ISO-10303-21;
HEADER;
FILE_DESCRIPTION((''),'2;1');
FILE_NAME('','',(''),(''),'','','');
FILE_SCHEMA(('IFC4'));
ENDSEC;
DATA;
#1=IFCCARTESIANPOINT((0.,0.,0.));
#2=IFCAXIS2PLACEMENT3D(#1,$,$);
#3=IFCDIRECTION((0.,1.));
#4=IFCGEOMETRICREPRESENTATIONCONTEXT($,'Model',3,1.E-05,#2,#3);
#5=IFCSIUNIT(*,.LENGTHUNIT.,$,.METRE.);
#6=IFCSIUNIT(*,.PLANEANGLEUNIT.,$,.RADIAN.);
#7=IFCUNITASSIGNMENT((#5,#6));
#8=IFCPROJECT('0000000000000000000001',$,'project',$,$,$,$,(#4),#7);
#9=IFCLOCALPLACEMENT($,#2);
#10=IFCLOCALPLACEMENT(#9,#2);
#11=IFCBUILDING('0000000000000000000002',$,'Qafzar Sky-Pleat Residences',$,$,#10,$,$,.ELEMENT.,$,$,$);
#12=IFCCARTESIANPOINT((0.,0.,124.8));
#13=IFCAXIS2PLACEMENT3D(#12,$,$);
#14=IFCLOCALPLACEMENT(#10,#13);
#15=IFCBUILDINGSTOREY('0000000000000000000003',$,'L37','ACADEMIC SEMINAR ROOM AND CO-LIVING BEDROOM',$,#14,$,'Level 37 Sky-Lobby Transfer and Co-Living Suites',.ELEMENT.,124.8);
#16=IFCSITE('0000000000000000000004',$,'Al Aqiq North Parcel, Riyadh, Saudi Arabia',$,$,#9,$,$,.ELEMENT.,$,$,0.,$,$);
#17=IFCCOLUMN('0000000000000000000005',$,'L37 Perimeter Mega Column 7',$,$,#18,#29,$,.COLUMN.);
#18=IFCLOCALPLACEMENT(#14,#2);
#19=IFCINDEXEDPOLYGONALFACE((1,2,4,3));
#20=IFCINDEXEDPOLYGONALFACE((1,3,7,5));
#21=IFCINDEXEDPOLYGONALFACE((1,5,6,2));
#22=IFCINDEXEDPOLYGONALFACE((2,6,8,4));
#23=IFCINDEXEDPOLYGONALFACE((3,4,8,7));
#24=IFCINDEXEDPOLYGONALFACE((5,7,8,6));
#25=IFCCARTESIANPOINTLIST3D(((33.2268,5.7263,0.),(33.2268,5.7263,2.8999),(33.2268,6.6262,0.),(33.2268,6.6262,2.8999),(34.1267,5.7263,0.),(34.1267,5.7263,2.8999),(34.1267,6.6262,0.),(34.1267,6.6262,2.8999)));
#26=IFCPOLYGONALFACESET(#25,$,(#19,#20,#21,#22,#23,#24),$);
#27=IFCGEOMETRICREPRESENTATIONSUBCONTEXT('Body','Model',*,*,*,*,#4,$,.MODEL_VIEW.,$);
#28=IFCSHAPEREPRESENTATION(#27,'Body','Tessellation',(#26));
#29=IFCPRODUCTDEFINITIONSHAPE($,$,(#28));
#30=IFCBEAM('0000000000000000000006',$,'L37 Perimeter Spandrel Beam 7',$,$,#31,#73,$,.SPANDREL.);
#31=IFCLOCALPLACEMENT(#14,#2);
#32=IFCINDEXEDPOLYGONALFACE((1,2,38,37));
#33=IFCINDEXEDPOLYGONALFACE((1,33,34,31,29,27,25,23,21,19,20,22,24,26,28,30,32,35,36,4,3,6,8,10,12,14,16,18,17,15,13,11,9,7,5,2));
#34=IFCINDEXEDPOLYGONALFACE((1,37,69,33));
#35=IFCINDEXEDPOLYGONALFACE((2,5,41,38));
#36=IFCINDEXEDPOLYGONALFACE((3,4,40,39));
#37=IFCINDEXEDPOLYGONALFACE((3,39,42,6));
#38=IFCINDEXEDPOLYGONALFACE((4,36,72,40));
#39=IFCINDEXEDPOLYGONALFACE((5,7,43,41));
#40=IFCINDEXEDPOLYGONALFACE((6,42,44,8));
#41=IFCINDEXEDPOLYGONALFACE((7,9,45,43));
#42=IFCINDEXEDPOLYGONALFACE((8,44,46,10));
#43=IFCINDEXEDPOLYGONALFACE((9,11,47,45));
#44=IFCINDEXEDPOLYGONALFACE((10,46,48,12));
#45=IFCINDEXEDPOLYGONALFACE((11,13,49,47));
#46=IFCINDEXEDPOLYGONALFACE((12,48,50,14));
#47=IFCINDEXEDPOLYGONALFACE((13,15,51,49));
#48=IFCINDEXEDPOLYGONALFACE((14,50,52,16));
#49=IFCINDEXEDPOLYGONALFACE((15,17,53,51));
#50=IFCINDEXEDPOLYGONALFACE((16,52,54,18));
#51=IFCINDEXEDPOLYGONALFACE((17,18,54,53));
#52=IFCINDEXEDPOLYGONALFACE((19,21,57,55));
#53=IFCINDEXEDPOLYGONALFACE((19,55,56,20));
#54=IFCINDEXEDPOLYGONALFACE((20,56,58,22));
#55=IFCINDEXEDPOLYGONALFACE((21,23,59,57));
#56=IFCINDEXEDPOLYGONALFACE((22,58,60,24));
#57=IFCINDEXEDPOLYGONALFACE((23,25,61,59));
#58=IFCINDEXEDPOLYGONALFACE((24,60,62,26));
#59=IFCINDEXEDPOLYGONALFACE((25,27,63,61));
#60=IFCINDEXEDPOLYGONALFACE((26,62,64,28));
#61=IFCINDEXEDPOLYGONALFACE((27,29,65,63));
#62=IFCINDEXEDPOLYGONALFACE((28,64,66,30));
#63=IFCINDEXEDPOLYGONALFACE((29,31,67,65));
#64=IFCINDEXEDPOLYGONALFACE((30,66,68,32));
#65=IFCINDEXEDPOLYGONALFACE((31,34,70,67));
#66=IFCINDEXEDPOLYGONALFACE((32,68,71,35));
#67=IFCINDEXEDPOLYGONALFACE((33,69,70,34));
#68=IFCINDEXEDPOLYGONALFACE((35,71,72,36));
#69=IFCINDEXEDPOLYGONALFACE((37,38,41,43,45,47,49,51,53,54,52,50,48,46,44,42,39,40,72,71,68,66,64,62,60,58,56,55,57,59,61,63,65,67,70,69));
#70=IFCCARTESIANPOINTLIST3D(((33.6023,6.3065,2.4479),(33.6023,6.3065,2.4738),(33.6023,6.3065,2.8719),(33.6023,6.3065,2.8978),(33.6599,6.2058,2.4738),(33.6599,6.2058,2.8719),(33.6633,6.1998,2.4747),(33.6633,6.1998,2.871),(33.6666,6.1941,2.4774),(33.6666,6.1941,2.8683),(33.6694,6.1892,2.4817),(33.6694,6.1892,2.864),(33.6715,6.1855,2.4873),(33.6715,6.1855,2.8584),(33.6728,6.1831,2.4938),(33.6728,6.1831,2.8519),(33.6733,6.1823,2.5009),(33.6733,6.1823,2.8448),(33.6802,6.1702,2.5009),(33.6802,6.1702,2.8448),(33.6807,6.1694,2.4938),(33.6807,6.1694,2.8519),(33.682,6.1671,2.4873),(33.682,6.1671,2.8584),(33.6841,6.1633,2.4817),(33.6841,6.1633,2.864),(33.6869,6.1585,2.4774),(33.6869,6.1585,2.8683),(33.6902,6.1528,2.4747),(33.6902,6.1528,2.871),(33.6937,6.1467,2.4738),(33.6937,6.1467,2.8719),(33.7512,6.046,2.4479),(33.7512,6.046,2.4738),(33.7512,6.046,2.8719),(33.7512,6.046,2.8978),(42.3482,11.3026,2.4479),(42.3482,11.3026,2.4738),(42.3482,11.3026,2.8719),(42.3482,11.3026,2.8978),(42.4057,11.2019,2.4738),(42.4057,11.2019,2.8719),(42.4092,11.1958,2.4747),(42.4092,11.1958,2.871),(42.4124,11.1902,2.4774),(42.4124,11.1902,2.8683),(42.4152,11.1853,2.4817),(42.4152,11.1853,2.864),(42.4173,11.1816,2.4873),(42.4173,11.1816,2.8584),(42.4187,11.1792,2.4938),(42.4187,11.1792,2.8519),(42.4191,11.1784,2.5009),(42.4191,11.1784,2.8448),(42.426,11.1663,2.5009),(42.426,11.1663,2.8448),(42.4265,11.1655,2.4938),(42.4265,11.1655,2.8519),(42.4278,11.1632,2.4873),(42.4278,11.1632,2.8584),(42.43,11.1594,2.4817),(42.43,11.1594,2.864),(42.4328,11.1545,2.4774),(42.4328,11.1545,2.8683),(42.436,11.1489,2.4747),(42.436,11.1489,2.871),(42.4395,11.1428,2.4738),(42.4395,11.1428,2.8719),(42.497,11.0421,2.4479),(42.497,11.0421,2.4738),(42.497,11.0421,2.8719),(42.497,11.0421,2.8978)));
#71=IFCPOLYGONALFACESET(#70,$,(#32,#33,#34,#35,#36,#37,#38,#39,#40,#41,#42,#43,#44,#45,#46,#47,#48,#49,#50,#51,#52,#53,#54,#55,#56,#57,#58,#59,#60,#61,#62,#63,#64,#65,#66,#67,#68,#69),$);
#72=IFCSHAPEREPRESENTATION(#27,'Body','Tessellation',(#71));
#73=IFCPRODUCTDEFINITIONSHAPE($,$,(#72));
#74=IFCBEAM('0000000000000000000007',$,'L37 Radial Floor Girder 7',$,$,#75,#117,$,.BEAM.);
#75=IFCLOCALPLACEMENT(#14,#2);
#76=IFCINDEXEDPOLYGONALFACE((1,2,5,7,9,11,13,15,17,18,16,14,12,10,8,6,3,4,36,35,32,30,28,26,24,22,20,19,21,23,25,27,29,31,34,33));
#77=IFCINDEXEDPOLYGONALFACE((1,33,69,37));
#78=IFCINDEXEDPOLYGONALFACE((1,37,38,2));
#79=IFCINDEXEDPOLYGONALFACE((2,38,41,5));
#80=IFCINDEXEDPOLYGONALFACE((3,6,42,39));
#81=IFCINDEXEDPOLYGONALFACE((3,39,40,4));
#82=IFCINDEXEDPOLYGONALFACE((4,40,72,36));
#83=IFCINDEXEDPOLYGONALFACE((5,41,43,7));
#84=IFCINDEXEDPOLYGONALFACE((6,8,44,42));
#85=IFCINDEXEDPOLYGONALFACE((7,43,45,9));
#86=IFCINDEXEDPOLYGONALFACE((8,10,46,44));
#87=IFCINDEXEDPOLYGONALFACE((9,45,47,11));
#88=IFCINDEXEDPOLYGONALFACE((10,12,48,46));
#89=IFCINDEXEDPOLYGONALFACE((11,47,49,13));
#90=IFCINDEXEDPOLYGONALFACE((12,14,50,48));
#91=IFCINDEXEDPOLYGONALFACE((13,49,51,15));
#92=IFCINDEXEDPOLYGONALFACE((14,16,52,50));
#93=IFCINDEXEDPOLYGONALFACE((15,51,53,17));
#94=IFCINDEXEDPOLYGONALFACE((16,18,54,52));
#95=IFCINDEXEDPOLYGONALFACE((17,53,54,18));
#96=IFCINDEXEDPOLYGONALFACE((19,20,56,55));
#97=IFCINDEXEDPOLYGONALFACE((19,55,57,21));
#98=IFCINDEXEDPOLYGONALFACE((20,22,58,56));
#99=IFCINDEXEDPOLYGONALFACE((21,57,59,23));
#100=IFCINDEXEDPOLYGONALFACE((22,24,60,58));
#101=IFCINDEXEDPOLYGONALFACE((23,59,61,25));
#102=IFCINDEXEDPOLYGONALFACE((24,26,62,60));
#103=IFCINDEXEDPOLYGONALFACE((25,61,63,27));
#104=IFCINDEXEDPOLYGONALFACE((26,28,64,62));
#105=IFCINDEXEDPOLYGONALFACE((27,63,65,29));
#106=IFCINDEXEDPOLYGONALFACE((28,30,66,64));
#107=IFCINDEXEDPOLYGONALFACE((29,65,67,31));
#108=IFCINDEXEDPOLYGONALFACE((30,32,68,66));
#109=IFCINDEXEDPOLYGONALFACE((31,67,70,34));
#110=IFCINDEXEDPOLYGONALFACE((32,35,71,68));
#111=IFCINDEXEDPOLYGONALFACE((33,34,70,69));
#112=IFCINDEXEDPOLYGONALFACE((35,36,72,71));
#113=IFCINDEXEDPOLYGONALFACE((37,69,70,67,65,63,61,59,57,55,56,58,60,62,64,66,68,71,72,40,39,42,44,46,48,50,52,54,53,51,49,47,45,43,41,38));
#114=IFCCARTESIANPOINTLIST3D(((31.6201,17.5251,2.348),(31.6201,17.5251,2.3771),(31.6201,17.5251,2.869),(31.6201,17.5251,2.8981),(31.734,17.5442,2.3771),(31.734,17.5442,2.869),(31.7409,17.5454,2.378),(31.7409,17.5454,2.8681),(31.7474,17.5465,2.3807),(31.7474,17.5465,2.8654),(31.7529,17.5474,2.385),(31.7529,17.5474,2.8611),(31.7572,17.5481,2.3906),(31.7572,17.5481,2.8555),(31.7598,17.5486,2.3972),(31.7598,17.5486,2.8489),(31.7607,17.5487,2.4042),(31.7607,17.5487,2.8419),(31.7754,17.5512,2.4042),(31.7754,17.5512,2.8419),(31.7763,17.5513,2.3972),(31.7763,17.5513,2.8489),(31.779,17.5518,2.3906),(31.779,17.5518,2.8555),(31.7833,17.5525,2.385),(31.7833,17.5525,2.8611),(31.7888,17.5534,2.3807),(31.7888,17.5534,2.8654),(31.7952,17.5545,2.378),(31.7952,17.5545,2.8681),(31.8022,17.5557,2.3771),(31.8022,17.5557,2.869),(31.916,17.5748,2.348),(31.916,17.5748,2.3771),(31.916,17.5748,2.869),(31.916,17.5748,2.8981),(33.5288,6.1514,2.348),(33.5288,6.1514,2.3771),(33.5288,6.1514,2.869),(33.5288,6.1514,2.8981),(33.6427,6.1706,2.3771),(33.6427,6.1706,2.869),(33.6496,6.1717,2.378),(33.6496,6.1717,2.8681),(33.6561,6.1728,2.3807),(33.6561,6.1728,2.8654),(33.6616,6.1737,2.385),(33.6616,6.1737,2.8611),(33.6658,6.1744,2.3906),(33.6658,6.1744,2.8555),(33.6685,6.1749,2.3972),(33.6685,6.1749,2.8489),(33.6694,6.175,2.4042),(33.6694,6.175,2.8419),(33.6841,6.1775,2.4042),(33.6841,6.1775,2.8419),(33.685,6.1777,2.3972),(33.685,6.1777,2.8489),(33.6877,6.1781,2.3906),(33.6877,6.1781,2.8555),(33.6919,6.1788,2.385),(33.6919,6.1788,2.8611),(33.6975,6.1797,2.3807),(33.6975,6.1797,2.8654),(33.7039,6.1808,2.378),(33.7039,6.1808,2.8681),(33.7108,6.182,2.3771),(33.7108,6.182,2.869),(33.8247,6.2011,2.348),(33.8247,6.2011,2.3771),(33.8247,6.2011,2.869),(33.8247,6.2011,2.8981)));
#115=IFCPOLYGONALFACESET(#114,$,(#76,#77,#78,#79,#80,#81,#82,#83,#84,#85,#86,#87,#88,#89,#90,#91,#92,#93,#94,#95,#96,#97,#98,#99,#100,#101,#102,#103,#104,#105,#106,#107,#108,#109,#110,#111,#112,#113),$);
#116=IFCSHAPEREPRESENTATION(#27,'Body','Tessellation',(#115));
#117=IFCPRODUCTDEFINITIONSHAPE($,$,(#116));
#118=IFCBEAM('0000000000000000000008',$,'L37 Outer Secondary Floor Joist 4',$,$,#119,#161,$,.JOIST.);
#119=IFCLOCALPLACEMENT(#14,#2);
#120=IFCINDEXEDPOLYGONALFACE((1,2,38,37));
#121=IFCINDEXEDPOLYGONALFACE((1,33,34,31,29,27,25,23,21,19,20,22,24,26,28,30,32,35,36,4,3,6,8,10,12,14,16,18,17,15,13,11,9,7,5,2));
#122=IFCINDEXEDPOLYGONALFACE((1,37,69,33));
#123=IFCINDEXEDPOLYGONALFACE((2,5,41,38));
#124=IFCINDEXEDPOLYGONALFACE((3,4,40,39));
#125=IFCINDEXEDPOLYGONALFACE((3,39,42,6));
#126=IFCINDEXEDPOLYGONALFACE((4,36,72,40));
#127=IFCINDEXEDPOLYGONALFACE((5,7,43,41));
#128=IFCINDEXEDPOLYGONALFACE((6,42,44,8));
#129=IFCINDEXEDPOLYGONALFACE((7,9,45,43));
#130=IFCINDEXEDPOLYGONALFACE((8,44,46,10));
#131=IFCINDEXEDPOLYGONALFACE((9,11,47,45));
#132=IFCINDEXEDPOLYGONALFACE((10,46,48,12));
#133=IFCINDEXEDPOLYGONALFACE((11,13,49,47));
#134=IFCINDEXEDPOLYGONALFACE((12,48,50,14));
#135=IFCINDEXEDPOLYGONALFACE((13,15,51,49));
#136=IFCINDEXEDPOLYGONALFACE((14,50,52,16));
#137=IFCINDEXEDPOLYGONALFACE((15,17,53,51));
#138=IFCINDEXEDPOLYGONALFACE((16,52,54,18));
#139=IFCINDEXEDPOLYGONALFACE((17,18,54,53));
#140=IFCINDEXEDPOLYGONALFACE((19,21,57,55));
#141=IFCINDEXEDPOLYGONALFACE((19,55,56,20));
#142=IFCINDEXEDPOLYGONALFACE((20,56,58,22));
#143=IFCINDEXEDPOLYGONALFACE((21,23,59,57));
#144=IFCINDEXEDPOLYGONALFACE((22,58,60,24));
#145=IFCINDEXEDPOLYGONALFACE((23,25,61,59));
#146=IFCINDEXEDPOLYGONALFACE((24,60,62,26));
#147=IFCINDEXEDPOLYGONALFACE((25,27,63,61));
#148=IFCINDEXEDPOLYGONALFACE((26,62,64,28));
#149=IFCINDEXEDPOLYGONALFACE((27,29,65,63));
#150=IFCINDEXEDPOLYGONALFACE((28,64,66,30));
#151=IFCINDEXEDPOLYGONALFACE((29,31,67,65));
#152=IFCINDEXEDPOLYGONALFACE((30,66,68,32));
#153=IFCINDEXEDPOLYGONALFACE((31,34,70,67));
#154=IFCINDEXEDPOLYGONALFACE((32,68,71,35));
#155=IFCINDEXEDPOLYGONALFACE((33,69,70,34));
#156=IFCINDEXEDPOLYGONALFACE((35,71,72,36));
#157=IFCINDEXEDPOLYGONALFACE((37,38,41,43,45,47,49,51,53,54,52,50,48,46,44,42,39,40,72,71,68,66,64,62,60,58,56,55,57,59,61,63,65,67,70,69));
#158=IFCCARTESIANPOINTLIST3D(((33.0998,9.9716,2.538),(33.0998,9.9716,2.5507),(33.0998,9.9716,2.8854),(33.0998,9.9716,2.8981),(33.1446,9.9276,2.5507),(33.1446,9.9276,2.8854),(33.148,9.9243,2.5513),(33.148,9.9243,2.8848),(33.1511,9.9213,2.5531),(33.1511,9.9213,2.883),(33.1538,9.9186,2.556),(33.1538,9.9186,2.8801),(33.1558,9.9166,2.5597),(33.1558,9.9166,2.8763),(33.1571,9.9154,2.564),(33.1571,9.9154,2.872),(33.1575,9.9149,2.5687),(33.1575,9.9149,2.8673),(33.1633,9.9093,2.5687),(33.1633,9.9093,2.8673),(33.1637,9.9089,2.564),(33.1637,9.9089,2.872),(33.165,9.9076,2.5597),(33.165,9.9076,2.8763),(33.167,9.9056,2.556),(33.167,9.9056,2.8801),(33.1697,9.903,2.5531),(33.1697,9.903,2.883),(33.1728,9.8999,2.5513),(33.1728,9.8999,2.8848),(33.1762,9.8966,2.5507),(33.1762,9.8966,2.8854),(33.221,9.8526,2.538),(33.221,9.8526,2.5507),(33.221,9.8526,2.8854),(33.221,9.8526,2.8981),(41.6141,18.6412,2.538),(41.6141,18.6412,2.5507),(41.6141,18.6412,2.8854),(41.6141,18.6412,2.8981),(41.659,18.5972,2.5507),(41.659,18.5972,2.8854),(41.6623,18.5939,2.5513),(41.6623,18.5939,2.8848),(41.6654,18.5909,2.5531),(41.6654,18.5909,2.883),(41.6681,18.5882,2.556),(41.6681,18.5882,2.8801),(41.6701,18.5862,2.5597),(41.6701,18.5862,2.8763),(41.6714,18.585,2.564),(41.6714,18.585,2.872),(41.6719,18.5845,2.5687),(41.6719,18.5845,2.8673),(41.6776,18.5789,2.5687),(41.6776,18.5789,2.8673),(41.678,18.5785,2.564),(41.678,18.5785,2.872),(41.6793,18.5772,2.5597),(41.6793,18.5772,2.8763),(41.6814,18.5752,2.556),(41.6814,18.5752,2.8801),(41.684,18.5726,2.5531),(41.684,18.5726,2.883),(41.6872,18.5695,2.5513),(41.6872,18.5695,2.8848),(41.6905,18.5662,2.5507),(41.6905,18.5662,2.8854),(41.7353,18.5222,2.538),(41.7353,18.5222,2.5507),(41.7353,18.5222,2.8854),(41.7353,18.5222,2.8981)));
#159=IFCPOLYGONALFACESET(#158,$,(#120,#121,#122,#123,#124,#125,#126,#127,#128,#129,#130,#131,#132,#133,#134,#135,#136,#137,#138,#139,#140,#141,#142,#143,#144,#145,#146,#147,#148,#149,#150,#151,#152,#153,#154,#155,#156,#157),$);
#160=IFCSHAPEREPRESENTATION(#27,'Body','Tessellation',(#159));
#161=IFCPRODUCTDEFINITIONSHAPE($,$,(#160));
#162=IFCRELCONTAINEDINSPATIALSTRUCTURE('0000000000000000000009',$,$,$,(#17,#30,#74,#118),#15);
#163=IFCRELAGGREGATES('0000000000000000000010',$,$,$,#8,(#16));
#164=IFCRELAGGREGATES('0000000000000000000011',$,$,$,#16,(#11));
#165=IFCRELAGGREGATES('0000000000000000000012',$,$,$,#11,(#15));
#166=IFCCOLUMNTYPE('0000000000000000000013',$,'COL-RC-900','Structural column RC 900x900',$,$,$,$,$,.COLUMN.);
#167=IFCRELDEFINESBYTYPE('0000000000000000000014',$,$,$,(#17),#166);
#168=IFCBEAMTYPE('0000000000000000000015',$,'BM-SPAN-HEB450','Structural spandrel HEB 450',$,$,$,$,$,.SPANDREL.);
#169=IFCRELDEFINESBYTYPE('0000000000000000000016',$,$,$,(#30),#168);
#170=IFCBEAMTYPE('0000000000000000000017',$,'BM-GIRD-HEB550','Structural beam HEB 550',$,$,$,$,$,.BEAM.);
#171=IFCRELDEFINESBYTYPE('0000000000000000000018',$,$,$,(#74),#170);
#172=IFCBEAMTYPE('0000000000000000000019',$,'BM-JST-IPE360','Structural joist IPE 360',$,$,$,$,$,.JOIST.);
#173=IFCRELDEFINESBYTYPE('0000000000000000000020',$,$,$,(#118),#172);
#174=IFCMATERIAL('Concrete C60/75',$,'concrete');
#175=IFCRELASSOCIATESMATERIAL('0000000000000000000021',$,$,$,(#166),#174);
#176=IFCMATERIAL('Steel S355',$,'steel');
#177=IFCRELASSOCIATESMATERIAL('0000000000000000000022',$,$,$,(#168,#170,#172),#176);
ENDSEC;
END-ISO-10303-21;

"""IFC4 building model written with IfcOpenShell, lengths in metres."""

from ifc_helpers import new_model, si_unit, direction, frame, origin, origin_2d, place, context, subcontext, project, spatial, rectangle, i_section, extrude, source, transform, mapped, material, material_profile, profile_set, type_object, element, save


model = new_model("IFC4")

# Units and contexts
model_context = context("Model", 3, precision=1e-05, world=origin(), true_north=direction((0.0, 1.0)))
body_context = subcontext(model_context, "Body", "Model", "MODEL_VIEW")
ifc_project = project(units=[si_unit("LENGTHUNIT", "METRE"), si_unit("PLANEANGLEUNIT", "RADIAN")], contexts=[model_context])

# Site, building, storey
site_placement = place(None, origin())
site = spatial("IfcSite", under=ifc_project, at=site_placement, Name="Al Aqiq North Parcel, Riyadh, Saudi Arabia", CompositionType="ELEMENT", RefElevation=0.0)
building_placement = place(site_placement, origin())
building = spatial("IfcBuilding", under=site, at=building_placement, Name="Qafzar Sky-Pleat Residences", CompositionType="ELEMENT")
storey_placement = place(building_placement, frame((0.0, 0.0, 124.8)))
storey = spatial("IfcBuildingStorey", under=building, at=storey_placement, Name="L37", Description="ACADEMIC SEMINAR ROOM AND CO-LIVING BEDROOM", LongName="Level 37 Sky-Lobby Transfer and Co-Living Suites", CompositionType="ELEMENT", Elevation=124.8)

# Column
ifc_material_1 = material(Name="Concrete C60/75", Category="concrete")
ifc_material_profile_1 = material_profile(ifc_material_1, rectangle(XDim=0.8999, YDim=0.8999, at=origin_2d()), Name="RC 900x900")
ifc_profile_set_1 = profile_set([ifc_material_profile_1], Name="Concrete C60/75")
column_type = type_object("IfcColumnType", Name="COL-RC-900", Description="Structural column RC 900x900", PredefinedType="COLUMN", material=ifc_profile_set_1)
shared_shape_1 = source(origin(), body_context, "Body", "SweptSolid", [
    extrude(rectangle(XDim=0.8999, YDim=0.8999, at=origin_2d()), origin(), (0.0, 0.0, 1.0), 2.8999),
])
column_placement = place(storey_placement, frame((33.6768, 6.1763, 0.0), z_axis=(0.0, 0.0, 1.0), x_axis=(1.0, 0.0, 0.0)))
element("IfcColumn", 1, at=column_placement, inside=storey, type_object=column_type, Name="L37 Perimeter Mega Column 7", PredefinedType="COLUMN", context=body_context, shape_type="MappedRepresentation", body=[
    mapped(shared_shape_1, transform((0.0, 0.0, 0.0), x_axis=(1.0, 0.0, 0.0), y_axis=(0.0, 1.0, 0.0), z_axis=(0.0, 0.0, 1.0), scale=1.0)),
])

# Beams
ifc_material_2 = material(Name="Steel S355", Category="steel")
ifc_material_profile_2 = material_profile(ifc_material_2, i_section(OverallWidth=0.3, OverallDepth=0.45, WebThickness=0.0139, FlangeThickness=0.0259, FilletRadius=0.0271, at=origin_2d()), Name="HEB 450")
ifc_profile_set_2 = profile_set([ifc_material_profile_2], Name="Steel S355")
beam_type_1 = type_object("IfcBeamType", Name="BM-SPAN-HEB450", Description="Structural spandrel HEB 450", PredefinedType="SPANDREL", material=ifc_profile_set_2)
shared_shape_2 = source(origin(), body_context, "Body", "SweptSolid", [
    extrude(i_section(OverallWidth=0.3, OverallDepth=0.45, WebThickness=0.0139, FlangeThickness=0.0259, FilletRadius=0.0271, at=origin_2d()), origin(), (0.0, 0.0, 1.0), 10.0723),
])
beam_1_placement = place(storey_placement, frame((33.6768, 6.1763, 2.6729), z_axis=(0.868309, 0.496024, 0.0), x_axis=(-0.496024, 0.868309, 0.0)))
element("IfcBeam", 2, at=beam_1_placement, inside=storey, type_object=beam_type_1, Name="L37 Perimeter Spandrel Beam 7", PredefinedType="SPANDREL", context=body_context, shape_type="MappedRepresentation", body=[
    mapped(shared_shape_2, transform((0.0, 0.0, 0.0), x_axis=(1.0, 0.0, 0.0), y_axis=(0.0, 1.0, 0.0), z_axis=(0.0, 0.0, 1.0), scale=1.0)),
])
ifc_material_profile_3 = material_profile(ifc_material_2, i_section(OverallWidth=0.3, OverallDepth=0.55, WebThickness=0.0149, FlangeThickness=0.0291, FilletRadius=0.0271, at=origin_2d()), Name="HEB 550")
ifc_profile_set_3 = profile_set([ifc_material_profile_3], Name="Steel S355")
beam_type_2 = type_object("IfcBeamType", Name="BM-GIRD-HEB550", Description="Structural beam HEB 550", PredefinedType="BEAM", material=ifc_profile_set_3)
shared_shape_3 = source(origin(), body_context, "Body", "SweptSolid", [
    extrude(i_section(OverallWidth=0.3, OverallDepth=0.55, WebThickness=0.0149, FlangeThickness=0.0291, FilletRadius=0.0271, at=origin_2d()), origin(), (0.0, 0.0, 1.0), 11.5327),
])
beam_2_placement = place(storey_placement, frame((33.6768, 6.1763, 2.623), z_axis=(-0.165501, 0.98621, 0.0), x_axis=(-0.98621, -0.165501, 0.0)))
element("IfcBeam", 3, at=beam_2_placement, inside=storey, type_object=beam_type_2, Name="L37 Radial Floor Girder 7", PredefinedType="BEAM", context=body_context, shape_type="MappedRepresentation", body=[
    mapped(shared_shape_3, transform((0.0, 0.0, 0.0), x_axis=(1.0, 0.0, 0.0), y_axis=(0.0, 1.0, 0.0), z_axis=(0.0, 0.0, 1.0), scale=1.0)),
])
ifc_material_profile_4 = material_profile(ifc_material_2, i_section(OverallWidth=0.1699, OverallDepth=0.3601, WebThickness=0.0081, FlangeThickness=0.0127, FilletRadius=0.0181, at=origin_2d()), Name="IPE 360")
ifc_profile_set_4 = profile_set([ifc_material_profile_4], Name="Steel S355")
beam_type_3 = type_object("IfcBeamType", Name="BM-JST-IPE360", Description="Structural joist IPE 360", PredefinedType="JOIST", material=ifc_profile_set_4)
shared_shape_4 = source(origin(), body_context, "Body", "SweptSolid", [
    extrude(i_section(OverallWidth=0.1699, OverallDepth=0.3601, WebThickness=0.0081, FlangeThickness=0.0127, FilletRadius=0.0181, at=origin_2d()), origin(), (0.0, 0.0, 1.0), 12.1514),
])
beam_3_placement = place(storey_placement, frame((33.1604, 9.9121, 2.718), z_axis=(0.700689, 0.713467, 0.0), x_axis=(-0.713467, 0.700689, 0.0)))
element("IfcBeam", 4, at=beam_3_placement, inside=storey, type_object=beam_type_3, Name="L37 Outer Secondary Floor Joist 4", PredefinedType="JOIST", context=body_context, shape_type="MappedRepresentation", body=[
    mapped(shared_shape_4, transform((0.0, 0.0, 0.0), x_axis=(1.0, 0.0, 0.0), y_axis=(0.0, 1.0, 0.0), z_axis=(0.0, 0.0, 1.0), scale=1.0)),
])

save(model, "model.ifc")
